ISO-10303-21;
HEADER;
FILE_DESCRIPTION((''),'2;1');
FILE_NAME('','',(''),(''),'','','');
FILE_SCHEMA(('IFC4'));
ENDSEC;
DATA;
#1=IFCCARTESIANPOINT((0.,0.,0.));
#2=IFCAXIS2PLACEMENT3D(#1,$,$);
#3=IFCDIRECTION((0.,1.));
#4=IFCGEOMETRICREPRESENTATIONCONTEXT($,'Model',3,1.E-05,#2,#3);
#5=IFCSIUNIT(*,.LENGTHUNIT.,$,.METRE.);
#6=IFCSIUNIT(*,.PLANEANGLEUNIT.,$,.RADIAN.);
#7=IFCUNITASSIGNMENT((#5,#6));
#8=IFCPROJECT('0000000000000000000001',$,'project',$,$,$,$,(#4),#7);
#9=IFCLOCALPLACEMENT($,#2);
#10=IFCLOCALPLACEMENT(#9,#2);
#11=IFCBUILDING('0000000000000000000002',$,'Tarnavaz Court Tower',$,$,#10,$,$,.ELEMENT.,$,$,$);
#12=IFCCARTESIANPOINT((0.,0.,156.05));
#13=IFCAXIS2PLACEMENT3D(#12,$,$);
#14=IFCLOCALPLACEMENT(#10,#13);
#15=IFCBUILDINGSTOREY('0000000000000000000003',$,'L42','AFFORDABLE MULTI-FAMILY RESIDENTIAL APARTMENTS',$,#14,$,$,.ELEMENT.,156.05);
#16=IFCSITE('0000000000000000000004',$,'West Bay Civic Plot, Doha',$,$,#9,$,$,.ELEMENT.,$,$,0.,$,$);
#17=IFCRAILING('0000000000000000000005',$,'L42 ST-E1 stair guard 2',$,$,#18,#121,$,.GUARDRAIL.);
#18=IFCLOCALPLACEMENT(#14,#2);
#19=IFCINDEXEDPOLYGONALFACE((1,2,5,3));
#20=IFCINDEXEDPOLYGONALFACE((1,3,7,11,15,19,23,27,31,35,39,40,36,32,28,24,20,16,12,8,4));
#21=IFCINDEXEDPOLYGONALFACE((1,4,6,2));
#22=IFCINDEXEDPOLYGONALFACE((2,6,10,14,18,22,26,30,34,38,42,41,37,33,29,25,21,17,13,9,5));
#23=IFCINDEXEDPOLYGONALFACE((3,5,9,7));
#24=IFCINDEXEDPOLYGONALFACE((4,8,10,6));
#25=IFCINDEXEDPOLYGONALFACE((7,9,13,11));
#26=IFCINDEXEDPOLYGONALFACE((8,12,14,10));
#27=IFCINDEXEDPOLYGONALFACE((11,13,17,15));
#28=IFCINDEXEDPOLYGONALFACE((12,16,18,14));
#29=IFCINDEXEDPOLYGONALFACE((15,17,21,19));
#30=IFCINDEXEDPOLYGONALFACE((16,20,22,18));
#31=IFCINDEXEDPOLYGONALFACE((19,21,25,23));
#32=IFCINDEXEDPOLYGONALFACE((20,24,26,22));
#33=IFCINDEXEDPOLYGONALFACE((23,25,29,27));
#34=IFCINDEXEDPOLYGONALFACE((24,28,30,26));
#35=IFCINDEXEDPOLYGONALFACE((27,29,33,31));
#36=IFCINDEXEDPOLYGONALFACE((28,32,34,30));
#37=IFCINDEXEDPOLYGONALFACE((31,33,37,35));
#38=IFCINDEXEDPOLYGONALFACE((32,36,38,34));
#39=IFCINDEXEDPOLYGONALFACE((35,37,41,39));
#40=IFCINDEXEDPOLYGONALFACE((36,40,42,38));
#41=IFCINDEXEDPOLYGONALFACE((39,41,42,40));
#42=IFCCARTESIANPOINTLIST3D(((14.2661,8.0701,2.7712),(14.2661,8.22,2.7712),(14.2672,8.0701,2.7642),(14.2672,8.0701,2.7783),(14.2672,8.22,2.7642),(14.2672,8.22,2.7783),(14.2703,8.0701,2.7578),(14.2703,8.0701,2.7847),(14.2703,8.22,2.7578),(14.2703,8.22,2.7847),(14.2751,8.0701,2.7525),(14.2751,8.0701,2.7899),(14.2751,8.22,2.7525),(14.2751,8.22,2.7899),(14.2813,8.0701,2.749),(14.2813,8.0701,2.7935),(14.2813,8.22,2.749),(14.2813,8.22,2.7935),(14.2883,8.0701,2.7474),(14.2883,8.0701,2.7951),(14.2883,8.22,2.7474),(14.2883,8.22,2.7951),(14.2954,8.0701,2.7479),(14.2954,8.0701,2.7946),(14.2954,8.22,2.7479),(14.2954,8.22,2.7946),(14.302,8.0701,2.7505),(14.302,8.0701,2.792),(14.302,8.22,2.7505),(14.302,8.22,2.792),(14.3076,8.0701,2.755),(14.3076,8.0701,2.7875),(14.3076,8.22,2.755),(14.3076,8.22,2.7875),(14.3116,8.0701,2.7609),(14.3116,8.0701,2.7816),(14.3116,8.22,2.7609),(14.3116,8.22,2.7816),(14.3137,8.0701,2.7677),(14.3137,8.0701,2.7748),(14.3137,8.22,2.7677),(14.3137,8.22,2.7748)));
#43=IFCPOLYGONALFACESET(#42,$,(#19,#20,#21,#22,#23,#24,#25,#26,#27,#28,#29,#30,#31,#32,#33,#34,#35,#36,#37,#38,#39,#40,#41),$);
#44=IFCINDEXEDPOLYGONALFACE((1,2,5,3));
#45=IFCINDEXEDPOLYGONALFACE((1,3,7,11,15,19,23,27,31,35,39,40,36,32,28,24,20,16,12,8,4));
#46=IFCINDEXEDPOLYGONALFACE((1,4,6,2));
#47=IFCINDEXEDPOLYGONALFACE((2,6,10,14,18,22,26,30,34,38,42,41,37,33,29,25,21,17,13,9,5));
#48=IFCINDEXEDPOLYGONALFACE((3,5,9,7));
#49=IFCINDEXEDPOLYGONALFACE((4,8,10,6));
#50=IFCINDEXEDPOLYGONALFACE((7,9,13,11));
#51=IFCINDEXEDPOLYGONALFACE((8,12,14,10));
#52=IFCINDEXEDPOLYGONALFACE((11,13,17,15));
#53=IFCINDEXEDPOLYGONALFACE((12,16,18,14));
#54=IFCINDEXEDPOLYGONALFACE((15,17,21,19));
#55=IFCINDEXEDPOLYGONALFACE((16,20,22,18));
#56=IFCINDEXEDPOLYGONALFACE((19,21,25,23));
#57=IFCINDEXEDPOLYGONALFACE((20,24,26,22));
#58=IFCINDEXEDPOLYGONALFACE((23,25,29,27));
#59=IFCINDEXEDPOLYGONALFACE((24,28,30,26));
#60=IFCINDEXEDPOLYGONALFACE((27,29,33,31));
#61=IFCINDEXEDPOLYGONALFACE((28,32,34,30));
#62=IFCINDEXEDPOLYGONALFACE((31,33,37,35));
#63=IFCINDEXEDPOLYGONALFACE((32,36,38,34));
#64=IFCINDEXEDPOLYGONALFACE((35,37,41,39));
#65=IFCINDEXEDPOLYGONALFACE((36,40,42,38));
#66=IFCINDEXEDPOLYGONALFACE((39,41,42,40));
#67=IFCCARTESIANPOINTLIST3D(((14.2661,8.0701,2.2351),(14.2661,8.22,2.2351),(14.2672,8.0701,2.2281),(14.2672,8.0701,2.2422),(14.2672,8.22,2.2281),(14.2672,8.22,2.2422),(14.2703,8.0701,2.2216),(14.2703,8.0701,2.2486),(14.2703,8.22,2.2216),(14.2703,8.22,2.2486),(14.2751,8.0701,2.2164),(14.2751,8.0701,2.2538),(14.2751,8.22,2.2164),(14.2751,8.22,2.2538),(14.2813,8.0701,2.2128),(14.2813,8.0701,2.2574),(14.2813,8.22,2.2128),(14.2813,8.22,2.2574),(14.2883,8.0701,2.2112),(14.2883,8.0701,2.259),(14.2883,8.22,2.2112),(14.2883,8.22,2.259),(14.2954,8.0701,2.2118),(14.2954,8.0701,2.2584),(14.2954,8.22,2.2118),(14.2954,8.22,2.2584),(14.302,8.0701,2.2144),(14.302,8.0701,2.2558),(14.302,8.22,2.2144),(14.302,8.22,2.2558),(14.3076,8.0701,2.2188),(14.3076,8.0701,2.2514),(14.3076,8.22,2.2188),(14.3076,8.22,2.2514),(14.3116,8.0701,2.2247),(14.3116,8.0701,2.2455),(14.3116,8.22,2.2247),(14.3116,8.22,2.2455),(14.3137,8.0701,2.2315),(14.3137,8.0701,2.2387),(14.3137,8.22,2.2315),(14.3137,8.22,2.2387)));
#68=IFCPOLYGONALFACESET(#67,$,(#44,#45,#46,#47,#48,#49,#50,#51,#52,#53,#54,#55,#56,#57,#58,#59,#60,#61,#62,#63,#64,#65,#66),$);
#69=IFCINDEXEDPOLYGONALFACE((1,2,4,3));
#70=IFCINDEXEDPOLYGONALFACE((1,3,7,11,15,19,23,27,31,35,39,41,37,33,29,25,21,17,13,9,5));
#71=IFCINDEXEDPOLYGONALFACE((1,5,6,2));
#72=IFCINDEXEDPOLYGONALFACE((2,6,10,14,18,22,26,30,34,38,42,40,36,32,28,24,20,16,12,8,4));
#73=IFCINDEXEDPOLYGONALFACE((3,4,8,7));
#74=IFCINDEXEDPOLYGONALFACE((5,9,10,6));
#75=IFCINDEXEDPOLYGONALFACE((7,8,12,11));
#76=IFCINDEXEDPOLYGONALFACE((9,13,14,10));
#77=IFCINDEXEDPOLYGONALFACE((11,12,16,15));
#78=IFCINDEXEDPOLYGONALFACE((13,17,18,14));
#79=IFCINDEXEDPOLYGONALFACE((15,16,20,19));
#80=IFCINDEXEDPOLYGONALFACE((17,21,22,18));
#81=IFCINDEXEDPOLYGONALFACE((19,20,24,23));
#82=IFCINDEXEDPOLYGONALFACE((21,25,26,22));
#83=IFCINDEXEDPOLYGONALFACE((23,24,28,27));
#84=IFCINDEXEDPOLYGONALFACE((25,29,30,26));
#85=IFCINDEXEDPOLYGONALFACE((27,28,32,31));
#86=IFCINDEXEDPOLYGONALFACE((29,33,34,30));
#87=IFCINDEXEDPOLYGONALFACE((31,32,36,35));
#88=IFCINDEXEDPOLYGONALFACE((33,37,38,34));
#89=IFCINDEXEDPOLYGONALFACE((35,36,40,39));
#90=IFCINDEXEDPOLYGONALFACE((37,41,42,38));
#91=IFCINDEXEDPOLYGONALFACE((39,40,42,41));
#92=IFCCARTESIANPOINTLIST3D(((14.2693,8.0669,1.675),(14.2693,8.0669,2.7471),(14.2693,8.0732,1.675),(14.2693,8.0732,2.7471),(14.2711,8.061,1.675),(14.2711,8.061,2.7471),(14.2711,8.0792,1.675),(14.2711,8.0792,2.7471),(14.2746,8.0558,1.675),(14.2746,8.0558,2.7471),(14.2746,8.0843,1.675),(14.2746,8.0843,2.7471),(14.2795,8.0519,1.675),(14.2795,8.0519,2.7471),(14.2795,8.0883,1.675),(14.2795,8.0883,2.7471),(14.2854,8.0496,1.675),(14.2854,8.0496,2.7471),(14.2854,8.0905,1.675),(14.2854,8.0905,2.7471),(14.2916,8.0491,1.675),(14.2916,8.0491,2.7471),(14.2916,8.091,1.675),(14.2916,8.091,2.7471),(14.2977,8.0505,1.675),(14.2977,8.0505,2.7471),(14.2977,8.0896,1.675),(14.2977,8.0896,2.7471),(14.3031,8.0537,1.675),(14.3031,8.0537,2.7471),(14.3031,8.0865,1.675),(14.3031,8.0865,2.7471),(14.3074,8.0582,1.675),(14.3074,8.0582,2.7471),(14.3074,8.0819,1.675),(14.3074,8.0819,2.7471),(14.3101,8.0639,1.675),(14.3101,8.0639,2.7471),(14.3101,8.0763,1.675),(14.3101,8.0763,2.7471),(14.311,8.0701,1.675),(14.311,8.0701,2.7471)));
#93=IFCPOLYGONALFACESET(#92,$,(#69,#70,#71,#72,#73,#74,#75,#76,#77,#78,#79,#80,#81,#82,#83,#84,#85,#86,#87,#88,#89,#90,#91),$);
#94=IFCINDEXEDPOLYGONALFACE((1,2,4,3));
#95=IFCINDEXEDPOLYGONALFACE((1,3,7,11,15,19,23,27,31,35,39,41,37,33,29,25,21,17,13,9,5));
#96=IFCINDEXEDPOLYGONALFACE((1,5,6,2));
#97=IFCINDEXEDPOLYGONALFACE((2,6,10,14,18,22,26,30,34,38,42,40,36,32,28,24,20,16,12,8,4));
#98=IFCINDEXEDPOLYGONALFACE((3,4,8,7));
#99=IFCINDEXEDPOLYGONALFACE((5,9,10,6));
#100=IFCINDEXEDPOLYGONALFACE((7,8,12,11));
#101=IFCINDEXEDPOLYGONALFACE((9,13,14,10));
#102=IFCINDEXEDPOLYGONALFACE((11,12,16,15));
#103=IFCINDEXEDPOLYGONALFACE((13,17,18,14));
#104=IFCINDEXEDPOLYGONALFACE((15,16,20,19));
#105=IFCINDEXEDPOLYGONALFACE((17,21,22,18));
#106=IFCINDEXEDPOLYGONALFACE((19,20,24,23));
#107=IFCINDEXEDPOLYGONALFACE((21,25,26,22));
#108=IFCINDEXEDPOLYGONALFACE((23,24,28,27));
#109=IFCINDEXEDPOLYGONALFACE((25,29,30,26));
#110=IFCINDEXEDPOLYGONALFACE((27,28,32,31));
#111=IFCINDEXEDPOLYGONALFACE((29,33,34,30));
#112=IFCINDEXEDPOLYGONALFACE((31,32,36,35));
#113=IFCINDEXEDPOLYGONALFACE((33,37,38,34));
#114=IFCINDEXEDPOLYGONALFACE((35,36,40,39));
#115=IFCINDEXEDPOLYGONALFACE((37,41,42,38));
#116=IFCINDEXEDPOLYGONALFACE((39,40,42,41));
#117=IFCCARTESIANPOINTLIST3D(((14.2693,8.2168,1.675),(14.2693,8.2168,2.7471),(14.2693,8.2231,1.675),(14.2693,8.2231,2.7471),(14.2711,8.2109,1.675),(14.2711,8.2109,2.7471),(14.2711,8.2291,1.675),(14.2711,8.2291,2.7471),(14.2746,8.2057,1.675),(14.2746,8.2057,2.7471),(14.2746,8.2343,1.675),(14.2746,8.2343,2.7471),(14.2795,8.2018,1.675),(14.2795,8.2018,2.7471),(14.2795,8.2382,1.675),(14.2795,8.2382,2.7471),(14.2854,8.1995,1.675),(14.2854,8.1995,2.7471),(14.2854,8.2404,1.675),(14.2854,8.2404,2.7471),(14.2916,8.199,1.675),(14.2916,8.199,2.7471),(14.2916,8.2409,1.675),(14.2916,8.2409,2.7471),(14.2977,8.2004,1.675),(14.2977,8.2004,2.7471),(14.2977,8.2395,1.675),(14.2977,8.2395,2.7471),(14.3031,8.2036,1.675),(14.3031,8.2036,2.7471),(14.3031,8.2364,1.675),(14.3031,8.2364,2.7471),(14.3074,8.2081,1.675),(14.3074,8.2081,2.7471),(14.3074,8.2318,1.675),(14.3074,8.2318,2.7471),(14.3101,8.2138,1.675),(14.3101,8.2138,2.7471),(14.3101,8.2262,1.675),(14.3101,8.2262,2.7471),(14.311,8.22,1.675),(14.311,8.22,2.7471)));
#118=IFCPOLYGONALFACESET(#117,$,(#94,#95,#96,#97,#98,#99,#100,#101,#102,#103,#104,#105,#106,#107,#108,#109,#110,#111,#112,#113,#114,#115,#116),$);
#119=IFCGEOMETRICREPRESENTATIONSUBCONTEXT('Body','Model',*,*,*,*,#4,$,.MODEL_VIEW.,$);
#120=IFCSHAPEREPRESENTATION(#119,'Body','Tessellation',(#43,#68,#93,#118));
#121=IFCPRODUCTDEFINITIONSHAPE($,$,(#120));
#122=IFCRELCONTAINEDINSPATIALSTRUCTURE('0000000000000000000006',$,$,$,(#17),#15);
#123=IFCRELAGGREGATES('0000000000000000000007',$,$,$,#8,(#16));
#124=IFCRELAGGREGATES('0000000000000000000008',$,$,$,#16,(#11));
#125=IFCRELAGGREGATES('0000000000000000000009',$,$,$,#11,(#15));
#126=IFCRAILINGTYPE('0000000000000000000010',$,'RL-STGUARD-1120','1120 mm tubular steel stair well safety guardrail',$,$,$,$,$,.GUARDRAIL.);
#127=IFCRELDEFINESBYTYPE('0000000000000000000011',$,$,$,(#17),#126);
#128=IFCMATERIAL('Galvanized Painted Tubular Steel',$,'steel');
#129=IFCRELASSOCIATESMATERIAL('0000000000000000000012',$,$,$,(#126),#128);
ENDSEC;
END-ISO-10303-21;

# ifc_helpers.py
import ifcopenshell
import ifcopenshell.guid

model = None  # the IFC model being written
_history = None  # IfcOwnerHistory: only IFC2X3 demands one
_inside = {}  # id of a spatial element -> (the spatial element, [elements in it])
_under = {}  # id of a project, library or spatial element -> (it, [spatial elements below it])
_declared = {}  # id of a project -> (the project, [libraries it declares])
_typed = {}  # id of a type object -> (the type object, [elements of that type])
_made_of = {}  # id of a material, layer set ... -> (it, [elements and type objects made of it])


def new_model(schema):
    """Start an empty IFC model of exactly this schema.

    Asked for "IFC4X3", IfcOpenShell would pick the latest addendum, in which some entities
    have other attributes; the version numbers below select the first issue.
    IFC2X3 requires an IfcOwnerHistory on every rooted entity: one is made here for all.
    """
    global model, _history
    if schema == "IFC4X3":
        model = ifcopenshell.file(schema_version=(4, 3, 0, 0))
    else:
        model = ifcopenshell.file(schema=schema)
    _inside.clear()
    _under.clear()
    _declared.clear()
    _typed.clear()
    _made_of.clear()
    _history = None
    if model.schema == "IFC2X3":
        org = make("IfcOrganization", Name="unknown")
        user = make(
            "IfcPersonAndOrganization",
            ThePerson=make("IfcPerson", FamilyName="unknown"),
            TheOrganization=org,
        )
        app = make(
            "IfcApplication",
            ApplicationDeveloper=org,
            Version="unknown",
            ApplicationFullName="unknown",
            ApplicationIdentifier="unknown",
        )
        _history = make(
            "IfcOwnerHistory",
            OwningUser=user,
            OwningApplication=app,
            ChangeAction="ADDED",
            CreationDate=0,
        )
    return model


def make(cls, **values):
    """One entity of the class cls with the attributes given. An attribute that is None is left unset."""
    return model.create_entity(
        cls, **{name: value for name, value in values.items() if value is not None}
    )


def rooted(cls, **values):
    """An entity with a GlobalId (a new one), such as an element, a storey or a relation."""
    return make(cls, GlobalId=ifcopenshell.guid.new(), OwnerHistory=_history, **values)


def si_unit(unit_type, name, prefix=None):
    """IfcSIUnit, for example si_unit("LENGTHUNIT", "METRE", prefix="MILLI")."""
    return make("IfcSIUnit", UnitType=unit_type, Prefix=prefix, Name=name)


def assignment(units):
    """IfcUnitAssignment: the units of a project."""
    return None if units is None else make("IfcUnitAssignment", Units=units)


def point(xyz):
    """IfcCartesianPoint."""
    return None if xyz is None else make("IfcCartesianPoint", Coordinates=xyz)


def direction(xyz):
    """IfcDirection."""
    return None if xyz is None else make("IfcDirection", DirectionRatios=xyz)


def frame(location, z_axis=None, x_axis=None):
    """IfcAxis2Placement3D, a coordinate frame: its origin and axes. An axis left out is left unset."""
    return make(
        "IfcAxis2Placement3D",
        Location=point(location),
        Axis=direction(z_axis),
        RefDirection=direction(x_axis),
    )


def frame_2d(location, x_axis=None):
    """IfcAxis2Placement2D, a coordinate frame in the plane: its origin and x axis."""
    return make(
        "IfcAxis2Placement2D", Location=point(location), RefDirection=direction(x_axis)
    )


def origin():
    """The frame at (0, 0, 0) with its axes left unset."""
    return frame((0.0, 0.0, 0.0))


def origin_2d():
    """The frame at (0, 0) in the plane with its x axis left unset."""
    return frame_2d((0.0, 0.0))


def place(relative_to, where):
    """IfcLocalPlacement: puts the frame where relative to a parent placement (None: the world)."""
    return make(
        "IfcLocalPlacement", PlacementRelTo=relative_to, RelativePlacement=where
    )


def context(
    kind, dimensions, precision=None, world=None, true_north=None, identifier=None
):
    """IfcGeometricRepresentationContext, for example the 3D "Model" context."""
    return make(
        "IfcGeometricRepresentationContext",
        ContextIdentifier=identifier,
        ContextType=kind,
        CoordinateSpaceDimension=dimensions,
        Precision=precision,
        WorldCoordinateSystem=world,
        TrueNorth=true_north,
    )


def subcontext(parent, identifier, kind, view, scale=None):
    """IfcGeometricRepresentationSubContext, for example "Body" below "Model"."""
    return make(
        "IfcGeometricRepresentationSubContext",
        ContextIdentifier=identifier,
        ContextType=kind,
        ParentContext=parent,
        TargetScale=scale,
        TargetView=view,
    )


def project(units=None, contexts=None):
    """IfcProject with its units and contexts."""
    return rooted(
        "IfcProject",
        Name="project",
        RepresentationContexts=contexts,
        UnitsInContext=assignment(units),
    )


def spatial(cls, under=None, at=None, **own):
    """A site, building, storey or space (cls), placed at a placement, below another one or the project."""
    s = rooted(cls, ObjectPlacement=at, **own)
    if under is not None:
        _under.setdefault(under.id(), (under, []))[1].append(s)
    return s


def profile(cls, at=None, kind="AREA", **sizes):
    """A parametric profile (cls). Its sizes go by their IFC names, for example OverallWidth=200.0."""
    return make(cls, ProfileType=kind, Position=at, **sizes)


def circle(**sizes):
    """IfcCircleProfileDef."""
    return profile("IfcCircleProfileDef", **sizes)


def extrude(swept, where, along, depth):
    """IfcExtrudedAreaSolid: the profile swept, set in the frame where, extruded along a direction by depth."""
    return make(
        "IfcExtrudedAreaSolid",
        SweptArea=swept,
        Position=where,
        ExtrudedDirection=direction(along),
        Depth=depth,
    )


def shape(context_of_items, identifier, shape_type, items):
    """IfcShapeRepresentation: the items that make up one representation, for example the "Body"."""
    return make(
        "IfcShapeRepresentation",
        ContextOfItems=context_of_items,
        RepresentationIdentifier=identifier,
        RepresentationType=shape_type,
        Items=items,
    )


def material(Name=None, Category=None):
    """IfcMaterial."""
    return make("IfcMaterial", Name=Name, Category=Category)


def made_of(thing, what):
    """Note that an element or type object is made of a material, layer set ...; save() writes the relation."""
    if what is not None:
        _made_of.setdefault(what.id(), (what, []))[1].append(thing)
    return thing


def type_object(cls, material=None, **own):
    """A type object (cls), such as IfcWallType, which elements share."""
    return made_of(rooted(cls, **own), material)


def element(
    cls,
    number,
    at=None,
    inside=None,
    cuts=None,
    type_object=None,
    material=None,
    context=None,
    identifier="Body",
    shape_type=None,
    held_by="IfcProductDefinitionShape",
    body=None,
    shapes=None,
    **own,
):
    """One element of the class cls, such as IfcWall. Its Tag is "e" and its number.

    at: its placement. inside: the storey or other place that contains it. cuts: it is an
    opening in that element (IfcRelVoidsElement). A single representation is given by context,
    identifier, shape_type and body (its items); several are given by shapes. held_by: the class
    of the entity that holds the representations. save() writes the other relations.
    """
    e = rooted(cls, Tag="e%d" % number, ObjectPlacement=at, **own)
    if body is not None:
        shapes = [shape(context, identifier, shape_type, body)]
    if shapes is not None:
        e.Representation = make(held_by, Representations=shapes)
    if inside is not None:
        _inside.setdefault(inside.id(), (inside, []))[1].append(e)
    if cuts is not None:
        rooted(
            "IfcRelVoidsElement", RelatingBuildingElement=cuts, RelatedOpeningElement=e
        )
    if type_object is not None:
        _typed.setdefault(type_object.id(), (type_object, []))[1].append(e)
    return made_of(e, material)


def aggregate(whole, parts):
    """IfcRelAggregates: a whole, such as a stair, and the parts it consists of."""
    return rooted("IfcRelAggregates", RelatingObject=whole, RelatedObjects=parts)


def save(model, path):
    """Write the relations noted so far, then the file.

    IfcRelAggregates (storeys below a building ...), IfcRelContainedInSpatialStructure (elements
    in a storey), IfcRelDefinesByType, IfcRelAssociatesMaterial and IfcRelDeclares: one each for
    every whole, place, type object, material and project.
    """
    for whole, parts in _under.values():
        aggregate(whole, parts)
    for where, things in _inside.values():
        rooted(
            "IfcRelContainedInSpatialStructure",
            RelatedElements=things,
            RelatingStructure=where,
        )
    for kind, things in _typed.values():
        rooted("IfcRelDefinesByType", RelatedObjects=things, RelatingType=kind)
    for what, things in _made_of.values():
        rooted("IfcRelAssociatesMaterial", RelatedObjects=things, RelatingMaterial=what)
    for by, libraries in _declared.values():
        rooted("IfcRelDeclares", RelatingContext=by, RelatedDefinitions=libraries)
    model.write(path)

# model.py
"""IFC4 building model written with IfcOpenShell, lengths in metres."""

from ifc_helpers import new_model, si_unit, direction, frame, origin, origin_2d, place, context, subcontext, project, spatial, circle, extrude, material, type_object, element, save


model = new_model("IFC4")

# Units and contexts
model_context = context("Model", 3, precision=1e-05, world=origin(), true_north=direction((0.0, 1.0)))
body_context = subcontext(model_context, "Body", "Model", "MODEL_VIEW")
ifc_project = project(units=[si_unit("LENGTHUNIT", "METRE"), si_unit("PLANEANGLEUNIT", "RADIAN")], contexts=[model_context])

# Site, building, storey
site_placement = place(None, origin())
site = spatial("IfcSite", under=ifc_project, at=site_placement, Name="West Bay Civic Plot, Doha", CompositionType="ELEMENT", RefElevation=0.0)
building_placement = place(site_placement, origin())
building = spatial("IfcBuilding", under=site, at=building_placement, Name="Tarnavaz Court Tower", CompositionType="ELEMENT")
storey_placement = place(building_placement, frame((0.0, 0.0, 156.05)))
storey = spatial("IfcBuildingStorey", under=building, at=storey_placement, Name="L42", Description="AFFORDABLE MULTI-FAMILY RESIDENTIAL APARTMENTS", CompositionType="ELEMENT", Elevation=156.05)

# Railing
ifc_material_1 = material(Name="Galvanized Painted Tubular Steel", Category="steel")
railing_type_1 = type_object("IfcRailingType", Name="RL-STGUARD-1120", Description="1120 mm tubular steel stair well safety guardrail", PredefinedType="GUARDRAIL", material=ifc_material_1)
railing_1_placement = place(storey_placement, frame((14.29, 8.0701, 1.675)))
element("IfcRailing", 1, at=railing_1_placement, inside=storey, type_object=railing_type_1, Name="L42 ST-E1 stair guard 2", PredefinedType="GUARDRAIL", context=body_context, shape_type="SweptSolid", body=[
    extrude(circle(Radius=0.0239, at=origin_2d()), frame((0.0, 0.0, 1.0962), z_axis=(0.0, 1.0, 0.0), x_axis=(-1.0, 0.0, 0.0)), (0.0, 0.0, 1.0), 0.1499),
    extrude(circle(Radius=0.0239, at=origin_2d()), frame((0.0, 0.0, 0.5601), z_axis=(0.0, 1.0, 0.0), x_axis=(-1.0, 0.0, 0.0)), (0.0, 0.0, 1.0), 0.1499),
    extrude(circle(Radius=0.021, at=origin_2d()), origin(), (0.0, 0.0, 1.0), 1.072),
    extrude(circle(Radius=0.021, at=origin_2d()), frame((0.0, 0.1499, 0.0)), (0.0, 0.0, 1.0), 1.072),
])

save(model, "model.ifc")
